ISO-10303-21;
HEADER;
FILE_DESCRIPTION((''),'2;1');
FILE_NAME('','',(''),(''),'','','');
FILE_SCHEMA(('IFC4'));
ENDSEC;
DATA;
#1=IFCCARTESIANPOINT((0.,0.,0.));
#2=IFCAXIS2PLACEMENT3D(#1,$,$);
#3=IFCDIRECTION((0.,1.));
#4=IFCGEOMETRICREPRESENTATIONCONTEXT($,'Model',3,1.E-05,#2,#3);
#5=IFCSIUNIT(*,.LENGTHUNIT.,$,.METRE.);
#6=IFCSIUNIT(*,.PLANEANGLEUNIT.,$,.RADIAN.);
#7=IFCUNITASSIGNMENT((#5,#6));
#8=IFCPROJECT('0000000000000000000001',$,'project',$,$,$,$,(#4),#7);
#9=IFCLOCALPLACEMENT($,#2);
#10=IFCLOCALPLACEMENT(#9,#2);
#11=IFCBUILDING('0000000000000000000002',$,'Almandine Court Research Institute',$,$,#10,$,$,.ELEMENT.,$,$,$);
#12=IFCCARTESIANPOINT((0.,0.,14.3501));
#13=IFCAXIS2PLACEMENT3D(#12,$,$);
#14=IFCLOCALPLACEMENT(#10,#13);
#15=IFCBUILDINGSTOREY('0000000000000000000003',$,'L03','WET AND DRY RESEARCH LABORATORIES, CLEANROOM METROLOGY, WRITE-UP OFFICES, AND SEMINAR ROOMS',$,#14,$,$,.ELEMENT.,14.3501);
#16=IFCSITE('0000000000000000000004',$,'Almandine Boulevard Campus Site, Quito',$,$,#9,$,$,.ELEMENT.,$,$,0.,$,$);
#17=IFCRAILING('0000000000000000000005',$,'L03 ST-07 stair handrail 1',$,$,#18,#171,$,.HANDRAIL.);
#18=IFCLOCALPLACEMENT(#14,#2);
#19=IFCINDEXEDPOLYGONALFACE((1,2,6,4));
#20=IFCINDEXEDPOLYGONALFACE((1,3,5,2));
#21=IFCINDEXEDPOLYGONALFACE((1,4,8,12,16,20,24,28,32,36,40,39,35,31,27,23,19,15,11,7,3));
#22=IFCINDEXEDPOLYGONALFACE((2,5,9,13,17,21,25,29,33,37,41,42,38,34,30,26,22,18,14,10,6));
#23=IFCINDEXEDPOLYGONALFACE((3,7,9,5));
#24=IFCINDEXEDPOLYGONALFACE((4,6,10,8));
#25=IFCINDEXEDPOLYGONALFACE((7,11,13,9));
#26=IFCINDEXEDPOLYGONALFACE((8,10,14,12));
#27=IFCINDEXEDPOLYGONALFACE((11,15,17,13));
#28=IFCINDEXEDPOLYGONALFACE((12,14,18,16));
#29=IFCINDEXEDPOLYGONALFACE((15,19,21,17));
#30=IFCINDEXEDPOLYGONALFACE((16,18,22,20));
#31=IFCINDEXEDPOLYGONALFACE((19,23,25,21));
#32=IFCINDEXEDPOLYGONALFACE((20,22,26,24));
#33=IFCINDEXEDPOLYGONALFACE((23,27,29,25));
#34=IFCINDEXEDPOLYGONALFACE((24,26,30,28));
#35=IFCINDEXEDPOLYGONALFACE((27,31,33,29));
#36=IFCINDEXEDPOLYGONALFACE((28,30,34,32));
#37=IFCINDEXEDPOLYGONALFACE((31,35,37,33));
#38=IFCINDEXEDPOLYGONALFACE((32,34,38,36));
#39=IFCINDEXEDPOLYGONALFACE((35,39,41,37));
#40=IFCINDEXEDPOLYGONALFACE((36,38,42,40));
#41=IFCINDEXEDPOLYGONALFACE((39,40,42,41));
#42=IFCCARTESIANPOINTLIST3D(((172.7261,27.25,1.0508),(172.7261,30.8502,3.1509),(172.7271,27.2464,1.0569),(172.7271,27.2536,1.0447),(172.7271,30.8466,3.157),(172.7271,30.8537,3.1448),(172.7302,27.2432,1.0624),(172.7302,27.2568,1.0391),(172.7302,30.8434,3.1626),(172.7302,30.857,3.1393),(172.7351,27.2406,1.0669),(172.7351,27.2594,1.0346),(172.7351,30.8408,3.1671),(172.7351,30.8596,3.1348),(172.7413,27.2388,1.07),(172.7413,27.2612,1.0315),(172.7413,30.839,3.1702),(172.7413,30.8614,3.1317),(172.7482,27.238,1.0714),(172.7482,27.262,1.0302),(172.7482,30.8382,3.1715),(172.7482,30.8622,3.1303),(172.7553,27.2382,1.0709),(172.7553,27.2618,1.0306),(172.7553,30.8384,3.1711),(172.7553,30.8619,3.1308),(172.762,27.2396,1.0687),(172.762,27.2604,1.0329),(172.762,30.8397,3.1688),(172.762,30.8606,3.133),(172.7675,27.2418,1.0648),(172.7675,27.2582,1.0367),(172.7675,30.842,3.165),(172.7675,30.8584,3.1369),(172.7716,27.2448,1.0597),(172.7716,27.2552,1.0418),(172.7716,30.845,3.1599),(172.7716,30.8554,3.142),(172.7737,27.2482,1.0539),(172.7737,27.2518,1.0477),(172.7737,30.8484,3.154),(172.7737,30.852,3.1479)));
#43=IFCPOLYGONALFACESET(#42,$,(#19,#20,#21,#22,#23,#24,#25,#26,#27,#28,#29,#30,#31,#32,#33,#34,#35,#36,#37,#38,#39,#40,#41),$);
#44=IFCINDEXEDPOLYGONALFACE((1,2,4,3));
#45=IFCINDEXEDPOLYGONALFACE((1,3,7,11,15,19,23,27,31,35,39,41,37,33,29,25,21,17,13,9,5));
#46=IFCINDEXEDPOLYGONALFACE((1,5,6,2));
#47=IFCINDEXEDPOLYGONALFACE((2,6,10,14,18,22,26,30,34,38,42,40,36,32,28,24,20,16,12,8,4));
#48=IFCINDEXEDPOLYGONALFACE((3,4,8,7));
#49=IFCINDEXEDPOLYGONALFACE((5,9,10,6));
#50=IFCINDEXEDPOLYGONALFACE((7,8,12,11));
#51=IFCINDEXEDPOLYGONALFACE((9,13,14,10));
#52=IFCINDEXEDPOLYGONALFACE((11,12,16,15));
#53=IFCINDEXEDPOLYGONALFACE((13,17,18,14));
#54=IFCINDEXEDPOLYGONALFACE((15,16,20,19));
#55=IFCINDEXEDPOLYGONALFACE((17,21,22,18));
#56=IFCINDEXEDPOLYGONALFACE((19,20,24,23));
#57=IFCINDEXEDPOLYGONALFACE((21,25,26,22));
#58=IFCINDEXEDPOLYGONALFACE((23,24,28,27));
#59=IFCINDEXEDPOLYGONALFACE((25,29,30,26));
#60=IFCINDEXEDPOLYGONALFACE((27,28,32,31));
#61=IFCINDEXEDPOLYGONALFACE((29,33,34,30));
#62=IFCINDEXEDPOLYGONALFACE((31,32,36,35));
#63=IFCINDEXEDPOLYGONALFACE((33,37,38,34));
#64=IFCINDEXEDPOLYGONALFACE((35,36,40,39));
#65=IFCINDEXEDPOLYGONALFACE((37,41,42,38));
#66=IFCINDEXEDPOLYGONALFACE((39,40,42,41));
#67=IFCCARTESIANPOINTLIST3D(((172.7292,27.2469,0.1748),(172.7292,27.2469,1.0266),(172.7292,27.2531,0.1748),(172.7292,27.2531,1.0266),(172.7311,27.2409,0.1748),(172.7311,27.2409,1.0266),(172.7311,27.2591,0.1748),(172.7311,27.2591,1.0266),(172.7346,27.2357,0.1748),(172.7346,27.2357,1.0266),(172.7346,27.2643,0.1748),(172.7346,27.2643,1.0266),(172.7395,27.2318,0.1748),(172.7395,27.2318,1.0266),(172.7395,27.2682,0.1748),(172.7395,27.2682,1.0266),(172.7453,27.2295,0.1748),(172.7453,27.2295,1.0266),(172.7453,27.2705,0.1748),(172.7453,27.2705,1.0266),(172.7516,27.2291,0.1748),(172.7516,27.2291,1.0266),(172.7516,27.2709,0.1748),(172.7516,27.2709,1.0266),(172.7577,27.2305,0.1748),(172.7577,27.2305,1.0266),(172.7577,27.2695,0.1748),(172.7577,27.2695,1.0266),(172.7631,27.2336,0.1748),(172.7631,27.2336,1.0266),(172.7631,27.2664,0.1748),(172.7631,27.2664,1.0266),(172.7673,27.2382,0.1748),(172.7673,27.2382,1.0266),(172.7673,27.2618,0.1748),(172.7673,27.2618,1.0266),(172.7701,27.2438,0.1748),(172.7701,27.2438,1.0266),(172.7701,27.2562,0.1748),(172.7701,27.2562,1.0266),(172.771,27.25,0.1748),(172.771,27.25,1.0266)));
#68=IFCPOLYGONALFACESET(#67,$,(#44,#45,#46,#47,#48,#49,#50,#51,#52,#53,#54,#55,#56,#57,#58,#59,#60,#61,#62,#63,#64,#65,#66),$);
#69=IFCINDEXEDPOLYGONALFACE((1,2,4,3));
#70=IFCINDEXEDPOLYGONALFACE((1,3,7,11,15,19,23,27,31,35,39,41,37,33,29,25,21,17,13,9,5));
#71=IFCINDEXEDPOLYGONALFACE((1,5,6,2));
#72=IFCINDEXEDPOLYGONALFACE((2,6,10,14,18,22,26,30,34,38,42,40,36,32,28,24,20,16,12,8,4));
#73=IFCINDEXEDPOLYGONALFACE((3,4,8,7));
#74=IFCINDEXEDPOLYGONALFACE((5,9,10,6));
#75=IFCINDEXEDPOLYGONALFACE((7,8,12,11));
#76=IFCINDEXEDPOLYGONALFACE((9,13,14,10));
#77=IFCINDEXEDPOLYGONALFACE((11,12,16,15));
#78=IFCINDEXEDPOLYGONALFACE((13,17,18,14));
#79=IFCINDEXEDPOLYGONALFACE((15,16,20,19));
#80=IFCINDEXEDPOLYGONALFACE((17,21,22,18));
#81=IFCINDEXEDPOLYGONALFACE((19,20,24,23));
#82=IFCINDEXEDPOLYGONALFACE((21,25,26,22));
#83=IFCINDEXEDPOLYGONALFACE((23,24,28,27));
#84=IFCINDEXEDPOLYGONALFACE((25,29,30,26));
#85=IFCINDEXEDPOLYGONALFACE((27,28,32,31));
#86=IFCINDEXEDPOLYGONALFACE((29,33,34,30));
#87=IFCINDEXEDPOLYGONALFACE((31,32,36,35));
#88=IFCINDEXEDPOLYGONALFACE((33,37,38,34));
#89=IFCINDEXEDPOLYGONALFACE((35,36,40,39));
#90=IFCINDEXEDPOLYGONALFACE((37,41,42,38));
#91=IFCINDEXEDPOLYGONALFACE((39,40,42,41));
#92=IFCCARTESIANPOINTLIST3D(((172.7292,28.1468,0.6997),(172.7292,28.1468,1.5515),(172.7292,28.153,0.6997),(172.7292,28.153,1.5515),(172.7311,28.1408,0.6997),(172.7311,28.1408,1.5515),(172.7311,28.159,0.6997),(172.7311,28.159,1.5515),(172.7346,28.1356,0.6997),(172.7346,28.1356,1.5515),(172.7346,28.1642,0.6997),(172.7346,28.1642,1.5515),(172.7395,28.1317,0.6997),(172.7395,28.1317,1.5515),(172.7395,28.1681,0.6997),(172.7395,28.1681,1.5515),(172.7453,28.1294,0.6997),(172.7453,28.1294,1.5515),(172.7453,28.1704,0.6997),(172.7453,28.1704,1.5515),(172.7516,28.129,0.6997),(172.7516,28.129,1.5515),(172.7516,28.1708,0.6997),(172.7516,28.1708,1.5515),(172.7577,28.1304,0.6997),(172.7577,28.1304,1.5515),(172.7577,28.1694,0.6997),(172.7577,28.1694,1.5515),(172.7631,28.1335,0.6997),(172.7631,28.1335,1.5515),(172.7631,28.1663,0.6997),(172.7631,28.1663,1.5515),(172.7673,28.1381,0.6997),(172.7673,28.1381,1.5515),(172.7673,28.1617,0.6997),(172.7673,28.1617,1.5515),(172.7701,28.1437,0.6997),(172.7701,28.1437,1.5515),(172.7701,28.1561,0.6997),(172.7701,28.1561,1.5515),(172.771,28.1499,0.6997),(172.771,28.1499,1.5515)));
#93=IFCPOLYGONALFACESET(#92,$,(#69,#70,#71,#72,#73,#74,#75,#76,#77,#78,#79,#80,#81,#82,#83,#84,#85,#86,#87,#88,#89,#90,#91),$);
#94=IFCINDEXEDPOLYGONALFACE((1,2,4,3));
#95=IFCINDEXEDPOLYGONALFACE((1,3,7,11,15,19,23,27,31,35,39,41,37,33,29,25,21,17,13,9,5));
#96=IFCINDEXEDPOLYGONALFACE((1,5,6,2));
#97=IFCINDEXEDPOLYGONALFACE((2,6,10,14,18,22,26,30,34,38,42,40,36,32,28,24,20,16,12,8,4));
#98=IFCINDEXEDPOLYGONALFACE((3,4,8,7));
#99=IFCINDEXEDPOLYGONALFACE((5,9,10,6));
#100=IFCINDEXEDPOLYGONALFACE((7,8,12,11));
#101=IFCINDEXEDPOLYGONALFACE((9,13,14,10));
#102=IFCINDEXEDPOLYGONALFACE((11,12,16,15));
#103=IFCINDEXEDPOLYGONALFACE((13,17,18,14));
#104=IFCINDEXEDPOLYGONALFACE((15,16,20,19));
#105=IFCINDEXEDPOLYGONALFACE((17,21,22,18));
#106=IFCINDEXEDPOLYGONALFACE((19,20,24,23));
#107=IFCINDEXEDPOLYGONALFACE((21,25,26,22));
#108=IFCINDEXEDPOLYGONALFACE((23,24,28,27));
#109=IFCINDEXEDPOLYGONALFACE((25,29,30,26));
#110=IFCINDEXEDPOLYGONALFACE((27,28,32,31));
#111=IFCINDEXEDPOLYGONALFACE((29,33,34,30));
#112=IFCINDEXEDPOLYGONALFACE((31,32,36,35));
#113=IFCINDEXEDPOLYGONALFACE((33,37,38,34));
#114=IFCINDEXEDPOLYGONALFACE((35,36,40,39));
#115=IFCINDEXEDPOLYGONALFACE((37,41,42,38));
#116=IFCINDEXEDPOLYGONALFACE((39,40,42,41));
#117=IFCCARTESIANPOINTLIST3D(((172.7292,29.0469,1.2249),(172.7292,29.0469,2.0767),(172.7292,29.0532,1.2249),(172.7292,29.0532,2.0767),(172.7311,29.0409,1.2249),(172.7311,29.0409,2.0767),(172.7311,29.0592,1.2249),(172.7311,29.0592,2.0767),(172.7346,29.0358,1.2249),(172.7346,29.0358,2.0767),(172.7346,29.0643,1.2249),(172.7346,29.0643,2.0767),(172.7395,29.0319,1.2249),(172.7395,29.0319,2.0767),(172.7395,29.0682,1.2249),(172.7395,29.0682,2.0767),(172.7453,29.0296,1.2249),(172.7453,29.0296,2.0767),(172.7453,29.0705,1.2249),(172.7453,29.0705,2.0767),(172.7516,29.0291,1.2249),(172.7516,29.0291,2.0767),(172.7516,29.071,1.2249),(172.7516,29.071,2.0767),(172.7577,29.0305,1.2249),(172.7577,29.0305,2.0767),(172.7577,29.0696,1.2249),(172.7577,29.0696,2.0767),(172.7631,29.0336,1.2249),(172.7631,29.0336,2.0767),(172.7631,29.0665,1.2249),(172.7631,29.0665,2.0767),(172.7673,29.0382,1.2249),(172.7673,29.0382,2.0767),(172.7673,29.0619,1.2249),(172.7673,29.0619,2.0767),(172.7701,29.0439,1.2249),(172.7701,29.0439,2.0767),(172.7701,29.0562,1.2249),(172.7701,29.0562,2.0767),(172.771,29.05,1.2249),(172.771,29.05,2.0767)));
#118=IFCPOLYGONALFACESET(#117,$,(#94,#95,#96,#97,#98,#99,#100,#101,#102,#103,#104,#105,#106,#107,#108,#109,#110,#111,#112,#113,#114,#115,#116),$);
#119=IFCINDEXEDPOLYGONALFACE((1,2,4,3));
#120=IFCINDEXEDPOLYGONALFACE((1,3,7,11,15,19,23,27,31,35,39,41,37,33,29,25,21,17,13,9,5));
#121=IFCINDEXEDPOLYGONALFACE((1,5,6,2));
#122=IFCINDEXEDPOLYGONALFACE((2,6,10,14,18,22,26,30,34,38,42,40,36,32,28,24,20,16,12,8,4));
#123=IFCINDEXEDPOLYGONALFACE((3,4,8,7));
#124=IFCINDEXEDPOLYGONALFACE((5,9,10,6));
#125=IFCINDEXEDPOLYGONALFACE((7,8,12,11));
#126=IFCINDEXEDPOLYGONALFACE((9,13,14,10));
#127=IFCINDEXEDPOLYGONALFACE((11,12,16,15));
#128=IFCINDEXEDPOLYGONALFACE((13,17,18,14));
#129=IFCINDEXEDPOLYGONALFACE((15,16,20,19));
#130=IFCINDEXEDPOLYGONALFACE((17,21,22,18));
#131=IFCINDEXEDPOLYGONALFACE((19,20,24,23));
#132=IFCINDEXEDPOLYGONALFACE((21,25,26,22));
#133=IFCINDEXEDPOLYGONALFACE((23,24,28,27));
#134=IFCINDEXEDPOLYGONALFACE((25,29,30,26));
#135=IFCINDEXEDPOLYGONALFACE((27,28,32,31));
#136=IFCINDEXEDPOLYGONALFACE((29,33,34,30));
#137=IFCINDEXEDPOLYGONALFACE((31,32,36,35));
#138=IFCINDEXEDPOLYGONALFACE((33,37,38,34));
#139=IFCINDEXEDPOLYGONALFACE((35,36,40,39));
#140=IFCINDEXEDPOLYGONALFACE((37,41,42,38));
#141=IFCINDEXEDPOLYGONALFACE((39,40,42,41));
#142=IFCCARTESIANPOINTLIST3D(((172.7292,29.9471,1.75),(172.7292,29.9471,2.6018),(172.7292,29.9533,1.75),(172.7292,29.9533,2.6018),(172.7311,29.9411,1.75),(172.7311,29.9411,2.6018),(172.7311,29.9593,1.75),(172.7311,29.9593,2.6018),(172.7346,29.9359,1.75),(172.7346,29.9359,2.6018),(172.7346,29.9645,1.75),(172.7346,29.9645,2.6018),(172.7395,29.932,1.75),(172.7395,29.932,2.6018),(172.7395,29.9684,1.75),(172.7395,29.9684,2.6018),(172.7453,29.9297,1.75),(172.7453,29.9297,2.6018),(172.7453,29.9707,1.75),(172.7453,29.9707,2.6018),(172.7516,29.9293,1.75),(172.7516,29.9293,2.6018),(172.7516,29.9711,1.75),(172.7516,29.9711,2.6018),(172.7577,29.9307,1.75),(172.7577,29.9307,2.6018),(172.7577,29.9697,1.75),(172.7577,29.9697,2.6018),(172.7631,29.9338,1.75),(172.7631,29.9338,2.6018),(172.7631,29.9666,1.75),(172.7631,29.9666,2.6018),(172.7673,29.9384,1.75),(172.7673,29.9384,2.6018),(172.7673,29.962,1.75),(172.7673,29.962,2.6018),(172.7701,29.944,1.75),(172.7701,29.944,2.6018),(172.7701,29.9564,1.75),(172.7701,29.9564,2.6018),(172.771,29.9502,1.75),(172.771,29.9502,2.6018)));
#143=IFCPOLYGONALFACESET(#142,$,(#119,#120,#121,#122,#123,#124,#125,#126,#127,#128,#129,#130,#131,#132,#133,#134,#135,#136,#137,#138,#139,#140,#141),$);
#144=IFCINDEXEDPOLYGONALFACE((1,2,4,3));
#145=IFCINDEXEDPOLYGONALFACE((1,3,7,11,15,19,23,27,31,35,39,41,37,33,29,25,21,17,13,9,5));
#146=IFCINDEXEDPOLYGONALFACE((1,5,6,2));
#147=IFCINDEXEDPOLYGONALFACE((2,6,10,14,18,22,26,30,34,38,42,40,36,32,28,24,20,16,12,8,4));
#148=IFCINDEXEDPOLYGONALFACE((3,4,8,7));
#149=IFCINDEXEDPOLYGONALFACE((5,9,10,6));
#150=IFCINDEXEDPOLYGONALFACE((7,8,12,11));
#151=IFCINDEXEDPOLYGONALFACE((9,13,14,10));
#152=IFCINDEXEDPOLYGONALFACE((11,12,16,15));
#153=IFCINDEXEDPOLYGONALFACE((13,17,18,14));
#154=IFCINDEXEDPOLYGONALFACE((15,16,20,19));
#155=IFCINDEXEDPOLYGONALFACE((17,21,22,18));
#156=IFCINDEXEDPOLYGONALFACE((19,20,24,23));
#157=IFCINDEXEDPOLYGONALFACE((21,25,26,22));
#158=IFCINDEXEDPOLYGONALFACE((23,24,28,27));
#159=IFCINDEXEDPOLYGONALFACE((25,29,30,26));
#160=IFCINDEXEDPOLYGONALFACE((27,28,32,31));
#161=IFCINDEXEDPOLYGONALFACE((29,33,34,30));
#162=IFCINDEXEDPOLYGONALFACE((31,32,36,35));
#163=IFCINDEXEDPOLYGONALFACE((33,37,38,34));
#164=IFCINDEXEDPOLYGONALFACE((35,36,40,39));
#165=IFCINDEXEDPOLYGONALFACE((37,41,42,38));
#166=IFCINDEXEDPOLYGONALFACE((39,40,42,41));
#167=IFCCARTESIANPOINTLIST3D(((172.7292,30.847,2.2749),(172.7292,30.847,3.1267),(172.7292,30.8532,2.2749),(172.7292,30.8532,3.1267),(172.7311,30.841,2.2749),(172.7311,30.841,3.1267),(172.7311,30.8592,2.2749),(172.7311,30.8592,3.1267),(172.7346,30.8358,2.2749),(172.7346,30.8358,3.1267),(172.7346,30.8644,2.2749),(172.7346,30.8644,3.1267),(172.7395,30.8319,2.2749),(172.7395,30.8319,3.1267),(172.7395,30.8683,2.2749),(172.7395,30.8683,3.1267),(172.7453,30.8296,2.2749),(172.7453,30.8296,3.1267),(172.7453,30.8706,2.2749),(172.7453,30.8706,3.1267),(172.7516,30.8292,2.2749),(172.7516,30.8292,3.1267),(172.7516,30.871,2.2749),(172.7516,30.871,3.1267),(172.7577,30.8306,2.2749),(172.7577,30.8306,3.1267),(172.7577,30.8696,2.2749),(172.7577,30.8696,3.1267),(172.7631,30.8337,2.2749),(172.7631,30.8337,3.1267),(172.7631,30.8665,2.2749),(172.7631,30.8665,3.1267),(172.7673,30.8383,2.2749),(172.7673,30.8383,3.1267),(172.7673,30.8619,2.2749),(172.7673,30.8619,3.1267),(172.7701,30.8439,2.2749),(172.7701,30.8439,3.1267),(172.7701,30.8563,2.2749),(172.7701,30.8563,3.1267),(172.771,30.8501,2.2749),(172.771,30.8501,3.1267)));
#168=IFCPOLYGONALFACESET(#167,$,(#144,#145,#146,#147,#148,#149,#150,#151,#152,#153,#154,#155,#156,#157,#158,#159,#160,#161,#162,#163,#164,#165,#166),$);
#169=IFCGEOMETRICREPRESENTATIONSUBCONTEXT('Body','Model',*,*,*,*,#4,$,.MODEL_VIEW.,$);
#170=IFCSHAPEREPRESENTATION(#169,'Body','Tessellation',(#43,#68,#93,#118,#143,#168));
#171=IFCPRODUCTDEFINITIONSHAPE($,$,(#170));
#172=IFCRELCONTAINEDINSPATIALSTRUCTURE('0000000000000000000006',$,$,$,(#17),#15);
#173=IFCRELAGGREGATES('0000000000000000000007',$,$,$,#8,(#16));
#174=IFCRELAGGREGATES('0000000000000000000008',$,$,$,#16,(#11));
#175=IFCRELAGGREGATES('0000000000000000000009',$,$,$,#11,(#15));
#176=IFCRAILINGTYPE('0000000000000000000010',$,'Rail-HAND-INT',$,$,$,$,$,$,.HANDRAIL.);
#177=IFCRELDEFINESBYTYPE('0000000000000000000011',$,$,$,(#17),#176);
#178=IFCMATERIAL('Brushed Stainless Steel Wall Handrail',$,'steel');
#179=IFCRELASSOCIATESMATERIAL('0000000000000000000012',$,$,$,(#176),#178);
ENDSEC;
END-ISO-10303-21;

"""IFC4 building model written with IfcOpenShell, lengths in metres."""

from ifc_helpers import new_model, si_unit, direction, frame, origin, origin_2d, place, context, subcontext, project, spatial, circle, extrude, material, type_object, element, save


model = new_model("IFC4")

# Units and contexts
model_context = context("Model", 3, precision=1e-05, world=origin(), true_north=direction((0.0, 1.0)))
body_context = subcontext(model_context, "Body", "Model", "MODEL_VIEW")
ifc_project = project(units=[si_unit("LENGTHUNIT", "METRE"), si_unit("PLANEANGLEUNIT", "RADIAN")], contexts=[model_context])

# Site, building, storey
site_placement = place(None, origin())
site = spatial("IfcSite", under=ifc_project, at=site_placement, Name="Almandine Boulevard Campus Site, Quito", CompositionType="ELEMENT", RefElevation=0.0)
building_placement = place(site_placement, origin())
building = spatial("IfcBuilding", under=site, at=building_placement, Name="Almandine Court Research Institute", CompositionType="ELEMENT")
storey_placement = place(building_placement, frame((0.0, 0.0, 14.3501)))
storey = spatial("IfcBuildingStorey", under=building, at=storey_placement, Name="L03", Description="WET AND DRY RESEARCH LABORATORIES, CLEANROOM METROLOGY, WRITE-UP OFFICES, AND SEMINAR ROOMS", CompositionType="ELEMENT", Elevation=14.3501)

# Railing
ifc_material_1 = material(Name="Brushed Stainless Steel Wall Handrail", Category="steel")
railing_type_1 = type_object("IfcRailingType", Name="Rail-HAND-INT", PredefinedType="HANDRAIL", material=ifc_material_1)
railing_1_placement = place(storey_placement, frame((172.75, 27.25, 0.1748)))
element("IfcRailing", 1, at=railing_1_placement, inside=storey, type_object=railing_type_1, Name="L03 ST-07 stair handrail 1", PredefinedType="HANDRAIL", context=body_context, shape_type="SweptSolid", body=[
    extrude(circle(Radius=0.0239, at=origin_2d()), frame((0.0, 0.0, 0.876), z_axis=(0.0, 0.863775, 0.503878), x_axis=(-1.0, 0.0, 0.0)), (0.0, 0.0, 1.0), 4.168),
    extrude(circle(Radius=0.021, at=origin_2d()), origin(), (0.0, 0.0, 1.0), 0.8518),
    extrude(circle(Radius=0.021, at=origin_2d()), frame((0.0, 0.8999, 0.5249)), (0.0, 0.0, 1.0), 0.8518),
    extrude(circle(Radius=0.021, at=origin_2d()), frame((0.0, 1.8, 1.05)), (0.0, 0.0, 1.0), 0.8518),
    extrude(circle(Radius=0.021, at=origin_2d()), frame((0.0, 2.7002, 1.5752)), (0.0, 0.0, 1.0), 0.8518),
    extrude(circle(Radius=0.021, at=origin_2d()), frame((0.0, 3.6001, 2.1001)), (0.0, 0.0, 1.0), 0.8518),
])

save(model, "model.ifc")
